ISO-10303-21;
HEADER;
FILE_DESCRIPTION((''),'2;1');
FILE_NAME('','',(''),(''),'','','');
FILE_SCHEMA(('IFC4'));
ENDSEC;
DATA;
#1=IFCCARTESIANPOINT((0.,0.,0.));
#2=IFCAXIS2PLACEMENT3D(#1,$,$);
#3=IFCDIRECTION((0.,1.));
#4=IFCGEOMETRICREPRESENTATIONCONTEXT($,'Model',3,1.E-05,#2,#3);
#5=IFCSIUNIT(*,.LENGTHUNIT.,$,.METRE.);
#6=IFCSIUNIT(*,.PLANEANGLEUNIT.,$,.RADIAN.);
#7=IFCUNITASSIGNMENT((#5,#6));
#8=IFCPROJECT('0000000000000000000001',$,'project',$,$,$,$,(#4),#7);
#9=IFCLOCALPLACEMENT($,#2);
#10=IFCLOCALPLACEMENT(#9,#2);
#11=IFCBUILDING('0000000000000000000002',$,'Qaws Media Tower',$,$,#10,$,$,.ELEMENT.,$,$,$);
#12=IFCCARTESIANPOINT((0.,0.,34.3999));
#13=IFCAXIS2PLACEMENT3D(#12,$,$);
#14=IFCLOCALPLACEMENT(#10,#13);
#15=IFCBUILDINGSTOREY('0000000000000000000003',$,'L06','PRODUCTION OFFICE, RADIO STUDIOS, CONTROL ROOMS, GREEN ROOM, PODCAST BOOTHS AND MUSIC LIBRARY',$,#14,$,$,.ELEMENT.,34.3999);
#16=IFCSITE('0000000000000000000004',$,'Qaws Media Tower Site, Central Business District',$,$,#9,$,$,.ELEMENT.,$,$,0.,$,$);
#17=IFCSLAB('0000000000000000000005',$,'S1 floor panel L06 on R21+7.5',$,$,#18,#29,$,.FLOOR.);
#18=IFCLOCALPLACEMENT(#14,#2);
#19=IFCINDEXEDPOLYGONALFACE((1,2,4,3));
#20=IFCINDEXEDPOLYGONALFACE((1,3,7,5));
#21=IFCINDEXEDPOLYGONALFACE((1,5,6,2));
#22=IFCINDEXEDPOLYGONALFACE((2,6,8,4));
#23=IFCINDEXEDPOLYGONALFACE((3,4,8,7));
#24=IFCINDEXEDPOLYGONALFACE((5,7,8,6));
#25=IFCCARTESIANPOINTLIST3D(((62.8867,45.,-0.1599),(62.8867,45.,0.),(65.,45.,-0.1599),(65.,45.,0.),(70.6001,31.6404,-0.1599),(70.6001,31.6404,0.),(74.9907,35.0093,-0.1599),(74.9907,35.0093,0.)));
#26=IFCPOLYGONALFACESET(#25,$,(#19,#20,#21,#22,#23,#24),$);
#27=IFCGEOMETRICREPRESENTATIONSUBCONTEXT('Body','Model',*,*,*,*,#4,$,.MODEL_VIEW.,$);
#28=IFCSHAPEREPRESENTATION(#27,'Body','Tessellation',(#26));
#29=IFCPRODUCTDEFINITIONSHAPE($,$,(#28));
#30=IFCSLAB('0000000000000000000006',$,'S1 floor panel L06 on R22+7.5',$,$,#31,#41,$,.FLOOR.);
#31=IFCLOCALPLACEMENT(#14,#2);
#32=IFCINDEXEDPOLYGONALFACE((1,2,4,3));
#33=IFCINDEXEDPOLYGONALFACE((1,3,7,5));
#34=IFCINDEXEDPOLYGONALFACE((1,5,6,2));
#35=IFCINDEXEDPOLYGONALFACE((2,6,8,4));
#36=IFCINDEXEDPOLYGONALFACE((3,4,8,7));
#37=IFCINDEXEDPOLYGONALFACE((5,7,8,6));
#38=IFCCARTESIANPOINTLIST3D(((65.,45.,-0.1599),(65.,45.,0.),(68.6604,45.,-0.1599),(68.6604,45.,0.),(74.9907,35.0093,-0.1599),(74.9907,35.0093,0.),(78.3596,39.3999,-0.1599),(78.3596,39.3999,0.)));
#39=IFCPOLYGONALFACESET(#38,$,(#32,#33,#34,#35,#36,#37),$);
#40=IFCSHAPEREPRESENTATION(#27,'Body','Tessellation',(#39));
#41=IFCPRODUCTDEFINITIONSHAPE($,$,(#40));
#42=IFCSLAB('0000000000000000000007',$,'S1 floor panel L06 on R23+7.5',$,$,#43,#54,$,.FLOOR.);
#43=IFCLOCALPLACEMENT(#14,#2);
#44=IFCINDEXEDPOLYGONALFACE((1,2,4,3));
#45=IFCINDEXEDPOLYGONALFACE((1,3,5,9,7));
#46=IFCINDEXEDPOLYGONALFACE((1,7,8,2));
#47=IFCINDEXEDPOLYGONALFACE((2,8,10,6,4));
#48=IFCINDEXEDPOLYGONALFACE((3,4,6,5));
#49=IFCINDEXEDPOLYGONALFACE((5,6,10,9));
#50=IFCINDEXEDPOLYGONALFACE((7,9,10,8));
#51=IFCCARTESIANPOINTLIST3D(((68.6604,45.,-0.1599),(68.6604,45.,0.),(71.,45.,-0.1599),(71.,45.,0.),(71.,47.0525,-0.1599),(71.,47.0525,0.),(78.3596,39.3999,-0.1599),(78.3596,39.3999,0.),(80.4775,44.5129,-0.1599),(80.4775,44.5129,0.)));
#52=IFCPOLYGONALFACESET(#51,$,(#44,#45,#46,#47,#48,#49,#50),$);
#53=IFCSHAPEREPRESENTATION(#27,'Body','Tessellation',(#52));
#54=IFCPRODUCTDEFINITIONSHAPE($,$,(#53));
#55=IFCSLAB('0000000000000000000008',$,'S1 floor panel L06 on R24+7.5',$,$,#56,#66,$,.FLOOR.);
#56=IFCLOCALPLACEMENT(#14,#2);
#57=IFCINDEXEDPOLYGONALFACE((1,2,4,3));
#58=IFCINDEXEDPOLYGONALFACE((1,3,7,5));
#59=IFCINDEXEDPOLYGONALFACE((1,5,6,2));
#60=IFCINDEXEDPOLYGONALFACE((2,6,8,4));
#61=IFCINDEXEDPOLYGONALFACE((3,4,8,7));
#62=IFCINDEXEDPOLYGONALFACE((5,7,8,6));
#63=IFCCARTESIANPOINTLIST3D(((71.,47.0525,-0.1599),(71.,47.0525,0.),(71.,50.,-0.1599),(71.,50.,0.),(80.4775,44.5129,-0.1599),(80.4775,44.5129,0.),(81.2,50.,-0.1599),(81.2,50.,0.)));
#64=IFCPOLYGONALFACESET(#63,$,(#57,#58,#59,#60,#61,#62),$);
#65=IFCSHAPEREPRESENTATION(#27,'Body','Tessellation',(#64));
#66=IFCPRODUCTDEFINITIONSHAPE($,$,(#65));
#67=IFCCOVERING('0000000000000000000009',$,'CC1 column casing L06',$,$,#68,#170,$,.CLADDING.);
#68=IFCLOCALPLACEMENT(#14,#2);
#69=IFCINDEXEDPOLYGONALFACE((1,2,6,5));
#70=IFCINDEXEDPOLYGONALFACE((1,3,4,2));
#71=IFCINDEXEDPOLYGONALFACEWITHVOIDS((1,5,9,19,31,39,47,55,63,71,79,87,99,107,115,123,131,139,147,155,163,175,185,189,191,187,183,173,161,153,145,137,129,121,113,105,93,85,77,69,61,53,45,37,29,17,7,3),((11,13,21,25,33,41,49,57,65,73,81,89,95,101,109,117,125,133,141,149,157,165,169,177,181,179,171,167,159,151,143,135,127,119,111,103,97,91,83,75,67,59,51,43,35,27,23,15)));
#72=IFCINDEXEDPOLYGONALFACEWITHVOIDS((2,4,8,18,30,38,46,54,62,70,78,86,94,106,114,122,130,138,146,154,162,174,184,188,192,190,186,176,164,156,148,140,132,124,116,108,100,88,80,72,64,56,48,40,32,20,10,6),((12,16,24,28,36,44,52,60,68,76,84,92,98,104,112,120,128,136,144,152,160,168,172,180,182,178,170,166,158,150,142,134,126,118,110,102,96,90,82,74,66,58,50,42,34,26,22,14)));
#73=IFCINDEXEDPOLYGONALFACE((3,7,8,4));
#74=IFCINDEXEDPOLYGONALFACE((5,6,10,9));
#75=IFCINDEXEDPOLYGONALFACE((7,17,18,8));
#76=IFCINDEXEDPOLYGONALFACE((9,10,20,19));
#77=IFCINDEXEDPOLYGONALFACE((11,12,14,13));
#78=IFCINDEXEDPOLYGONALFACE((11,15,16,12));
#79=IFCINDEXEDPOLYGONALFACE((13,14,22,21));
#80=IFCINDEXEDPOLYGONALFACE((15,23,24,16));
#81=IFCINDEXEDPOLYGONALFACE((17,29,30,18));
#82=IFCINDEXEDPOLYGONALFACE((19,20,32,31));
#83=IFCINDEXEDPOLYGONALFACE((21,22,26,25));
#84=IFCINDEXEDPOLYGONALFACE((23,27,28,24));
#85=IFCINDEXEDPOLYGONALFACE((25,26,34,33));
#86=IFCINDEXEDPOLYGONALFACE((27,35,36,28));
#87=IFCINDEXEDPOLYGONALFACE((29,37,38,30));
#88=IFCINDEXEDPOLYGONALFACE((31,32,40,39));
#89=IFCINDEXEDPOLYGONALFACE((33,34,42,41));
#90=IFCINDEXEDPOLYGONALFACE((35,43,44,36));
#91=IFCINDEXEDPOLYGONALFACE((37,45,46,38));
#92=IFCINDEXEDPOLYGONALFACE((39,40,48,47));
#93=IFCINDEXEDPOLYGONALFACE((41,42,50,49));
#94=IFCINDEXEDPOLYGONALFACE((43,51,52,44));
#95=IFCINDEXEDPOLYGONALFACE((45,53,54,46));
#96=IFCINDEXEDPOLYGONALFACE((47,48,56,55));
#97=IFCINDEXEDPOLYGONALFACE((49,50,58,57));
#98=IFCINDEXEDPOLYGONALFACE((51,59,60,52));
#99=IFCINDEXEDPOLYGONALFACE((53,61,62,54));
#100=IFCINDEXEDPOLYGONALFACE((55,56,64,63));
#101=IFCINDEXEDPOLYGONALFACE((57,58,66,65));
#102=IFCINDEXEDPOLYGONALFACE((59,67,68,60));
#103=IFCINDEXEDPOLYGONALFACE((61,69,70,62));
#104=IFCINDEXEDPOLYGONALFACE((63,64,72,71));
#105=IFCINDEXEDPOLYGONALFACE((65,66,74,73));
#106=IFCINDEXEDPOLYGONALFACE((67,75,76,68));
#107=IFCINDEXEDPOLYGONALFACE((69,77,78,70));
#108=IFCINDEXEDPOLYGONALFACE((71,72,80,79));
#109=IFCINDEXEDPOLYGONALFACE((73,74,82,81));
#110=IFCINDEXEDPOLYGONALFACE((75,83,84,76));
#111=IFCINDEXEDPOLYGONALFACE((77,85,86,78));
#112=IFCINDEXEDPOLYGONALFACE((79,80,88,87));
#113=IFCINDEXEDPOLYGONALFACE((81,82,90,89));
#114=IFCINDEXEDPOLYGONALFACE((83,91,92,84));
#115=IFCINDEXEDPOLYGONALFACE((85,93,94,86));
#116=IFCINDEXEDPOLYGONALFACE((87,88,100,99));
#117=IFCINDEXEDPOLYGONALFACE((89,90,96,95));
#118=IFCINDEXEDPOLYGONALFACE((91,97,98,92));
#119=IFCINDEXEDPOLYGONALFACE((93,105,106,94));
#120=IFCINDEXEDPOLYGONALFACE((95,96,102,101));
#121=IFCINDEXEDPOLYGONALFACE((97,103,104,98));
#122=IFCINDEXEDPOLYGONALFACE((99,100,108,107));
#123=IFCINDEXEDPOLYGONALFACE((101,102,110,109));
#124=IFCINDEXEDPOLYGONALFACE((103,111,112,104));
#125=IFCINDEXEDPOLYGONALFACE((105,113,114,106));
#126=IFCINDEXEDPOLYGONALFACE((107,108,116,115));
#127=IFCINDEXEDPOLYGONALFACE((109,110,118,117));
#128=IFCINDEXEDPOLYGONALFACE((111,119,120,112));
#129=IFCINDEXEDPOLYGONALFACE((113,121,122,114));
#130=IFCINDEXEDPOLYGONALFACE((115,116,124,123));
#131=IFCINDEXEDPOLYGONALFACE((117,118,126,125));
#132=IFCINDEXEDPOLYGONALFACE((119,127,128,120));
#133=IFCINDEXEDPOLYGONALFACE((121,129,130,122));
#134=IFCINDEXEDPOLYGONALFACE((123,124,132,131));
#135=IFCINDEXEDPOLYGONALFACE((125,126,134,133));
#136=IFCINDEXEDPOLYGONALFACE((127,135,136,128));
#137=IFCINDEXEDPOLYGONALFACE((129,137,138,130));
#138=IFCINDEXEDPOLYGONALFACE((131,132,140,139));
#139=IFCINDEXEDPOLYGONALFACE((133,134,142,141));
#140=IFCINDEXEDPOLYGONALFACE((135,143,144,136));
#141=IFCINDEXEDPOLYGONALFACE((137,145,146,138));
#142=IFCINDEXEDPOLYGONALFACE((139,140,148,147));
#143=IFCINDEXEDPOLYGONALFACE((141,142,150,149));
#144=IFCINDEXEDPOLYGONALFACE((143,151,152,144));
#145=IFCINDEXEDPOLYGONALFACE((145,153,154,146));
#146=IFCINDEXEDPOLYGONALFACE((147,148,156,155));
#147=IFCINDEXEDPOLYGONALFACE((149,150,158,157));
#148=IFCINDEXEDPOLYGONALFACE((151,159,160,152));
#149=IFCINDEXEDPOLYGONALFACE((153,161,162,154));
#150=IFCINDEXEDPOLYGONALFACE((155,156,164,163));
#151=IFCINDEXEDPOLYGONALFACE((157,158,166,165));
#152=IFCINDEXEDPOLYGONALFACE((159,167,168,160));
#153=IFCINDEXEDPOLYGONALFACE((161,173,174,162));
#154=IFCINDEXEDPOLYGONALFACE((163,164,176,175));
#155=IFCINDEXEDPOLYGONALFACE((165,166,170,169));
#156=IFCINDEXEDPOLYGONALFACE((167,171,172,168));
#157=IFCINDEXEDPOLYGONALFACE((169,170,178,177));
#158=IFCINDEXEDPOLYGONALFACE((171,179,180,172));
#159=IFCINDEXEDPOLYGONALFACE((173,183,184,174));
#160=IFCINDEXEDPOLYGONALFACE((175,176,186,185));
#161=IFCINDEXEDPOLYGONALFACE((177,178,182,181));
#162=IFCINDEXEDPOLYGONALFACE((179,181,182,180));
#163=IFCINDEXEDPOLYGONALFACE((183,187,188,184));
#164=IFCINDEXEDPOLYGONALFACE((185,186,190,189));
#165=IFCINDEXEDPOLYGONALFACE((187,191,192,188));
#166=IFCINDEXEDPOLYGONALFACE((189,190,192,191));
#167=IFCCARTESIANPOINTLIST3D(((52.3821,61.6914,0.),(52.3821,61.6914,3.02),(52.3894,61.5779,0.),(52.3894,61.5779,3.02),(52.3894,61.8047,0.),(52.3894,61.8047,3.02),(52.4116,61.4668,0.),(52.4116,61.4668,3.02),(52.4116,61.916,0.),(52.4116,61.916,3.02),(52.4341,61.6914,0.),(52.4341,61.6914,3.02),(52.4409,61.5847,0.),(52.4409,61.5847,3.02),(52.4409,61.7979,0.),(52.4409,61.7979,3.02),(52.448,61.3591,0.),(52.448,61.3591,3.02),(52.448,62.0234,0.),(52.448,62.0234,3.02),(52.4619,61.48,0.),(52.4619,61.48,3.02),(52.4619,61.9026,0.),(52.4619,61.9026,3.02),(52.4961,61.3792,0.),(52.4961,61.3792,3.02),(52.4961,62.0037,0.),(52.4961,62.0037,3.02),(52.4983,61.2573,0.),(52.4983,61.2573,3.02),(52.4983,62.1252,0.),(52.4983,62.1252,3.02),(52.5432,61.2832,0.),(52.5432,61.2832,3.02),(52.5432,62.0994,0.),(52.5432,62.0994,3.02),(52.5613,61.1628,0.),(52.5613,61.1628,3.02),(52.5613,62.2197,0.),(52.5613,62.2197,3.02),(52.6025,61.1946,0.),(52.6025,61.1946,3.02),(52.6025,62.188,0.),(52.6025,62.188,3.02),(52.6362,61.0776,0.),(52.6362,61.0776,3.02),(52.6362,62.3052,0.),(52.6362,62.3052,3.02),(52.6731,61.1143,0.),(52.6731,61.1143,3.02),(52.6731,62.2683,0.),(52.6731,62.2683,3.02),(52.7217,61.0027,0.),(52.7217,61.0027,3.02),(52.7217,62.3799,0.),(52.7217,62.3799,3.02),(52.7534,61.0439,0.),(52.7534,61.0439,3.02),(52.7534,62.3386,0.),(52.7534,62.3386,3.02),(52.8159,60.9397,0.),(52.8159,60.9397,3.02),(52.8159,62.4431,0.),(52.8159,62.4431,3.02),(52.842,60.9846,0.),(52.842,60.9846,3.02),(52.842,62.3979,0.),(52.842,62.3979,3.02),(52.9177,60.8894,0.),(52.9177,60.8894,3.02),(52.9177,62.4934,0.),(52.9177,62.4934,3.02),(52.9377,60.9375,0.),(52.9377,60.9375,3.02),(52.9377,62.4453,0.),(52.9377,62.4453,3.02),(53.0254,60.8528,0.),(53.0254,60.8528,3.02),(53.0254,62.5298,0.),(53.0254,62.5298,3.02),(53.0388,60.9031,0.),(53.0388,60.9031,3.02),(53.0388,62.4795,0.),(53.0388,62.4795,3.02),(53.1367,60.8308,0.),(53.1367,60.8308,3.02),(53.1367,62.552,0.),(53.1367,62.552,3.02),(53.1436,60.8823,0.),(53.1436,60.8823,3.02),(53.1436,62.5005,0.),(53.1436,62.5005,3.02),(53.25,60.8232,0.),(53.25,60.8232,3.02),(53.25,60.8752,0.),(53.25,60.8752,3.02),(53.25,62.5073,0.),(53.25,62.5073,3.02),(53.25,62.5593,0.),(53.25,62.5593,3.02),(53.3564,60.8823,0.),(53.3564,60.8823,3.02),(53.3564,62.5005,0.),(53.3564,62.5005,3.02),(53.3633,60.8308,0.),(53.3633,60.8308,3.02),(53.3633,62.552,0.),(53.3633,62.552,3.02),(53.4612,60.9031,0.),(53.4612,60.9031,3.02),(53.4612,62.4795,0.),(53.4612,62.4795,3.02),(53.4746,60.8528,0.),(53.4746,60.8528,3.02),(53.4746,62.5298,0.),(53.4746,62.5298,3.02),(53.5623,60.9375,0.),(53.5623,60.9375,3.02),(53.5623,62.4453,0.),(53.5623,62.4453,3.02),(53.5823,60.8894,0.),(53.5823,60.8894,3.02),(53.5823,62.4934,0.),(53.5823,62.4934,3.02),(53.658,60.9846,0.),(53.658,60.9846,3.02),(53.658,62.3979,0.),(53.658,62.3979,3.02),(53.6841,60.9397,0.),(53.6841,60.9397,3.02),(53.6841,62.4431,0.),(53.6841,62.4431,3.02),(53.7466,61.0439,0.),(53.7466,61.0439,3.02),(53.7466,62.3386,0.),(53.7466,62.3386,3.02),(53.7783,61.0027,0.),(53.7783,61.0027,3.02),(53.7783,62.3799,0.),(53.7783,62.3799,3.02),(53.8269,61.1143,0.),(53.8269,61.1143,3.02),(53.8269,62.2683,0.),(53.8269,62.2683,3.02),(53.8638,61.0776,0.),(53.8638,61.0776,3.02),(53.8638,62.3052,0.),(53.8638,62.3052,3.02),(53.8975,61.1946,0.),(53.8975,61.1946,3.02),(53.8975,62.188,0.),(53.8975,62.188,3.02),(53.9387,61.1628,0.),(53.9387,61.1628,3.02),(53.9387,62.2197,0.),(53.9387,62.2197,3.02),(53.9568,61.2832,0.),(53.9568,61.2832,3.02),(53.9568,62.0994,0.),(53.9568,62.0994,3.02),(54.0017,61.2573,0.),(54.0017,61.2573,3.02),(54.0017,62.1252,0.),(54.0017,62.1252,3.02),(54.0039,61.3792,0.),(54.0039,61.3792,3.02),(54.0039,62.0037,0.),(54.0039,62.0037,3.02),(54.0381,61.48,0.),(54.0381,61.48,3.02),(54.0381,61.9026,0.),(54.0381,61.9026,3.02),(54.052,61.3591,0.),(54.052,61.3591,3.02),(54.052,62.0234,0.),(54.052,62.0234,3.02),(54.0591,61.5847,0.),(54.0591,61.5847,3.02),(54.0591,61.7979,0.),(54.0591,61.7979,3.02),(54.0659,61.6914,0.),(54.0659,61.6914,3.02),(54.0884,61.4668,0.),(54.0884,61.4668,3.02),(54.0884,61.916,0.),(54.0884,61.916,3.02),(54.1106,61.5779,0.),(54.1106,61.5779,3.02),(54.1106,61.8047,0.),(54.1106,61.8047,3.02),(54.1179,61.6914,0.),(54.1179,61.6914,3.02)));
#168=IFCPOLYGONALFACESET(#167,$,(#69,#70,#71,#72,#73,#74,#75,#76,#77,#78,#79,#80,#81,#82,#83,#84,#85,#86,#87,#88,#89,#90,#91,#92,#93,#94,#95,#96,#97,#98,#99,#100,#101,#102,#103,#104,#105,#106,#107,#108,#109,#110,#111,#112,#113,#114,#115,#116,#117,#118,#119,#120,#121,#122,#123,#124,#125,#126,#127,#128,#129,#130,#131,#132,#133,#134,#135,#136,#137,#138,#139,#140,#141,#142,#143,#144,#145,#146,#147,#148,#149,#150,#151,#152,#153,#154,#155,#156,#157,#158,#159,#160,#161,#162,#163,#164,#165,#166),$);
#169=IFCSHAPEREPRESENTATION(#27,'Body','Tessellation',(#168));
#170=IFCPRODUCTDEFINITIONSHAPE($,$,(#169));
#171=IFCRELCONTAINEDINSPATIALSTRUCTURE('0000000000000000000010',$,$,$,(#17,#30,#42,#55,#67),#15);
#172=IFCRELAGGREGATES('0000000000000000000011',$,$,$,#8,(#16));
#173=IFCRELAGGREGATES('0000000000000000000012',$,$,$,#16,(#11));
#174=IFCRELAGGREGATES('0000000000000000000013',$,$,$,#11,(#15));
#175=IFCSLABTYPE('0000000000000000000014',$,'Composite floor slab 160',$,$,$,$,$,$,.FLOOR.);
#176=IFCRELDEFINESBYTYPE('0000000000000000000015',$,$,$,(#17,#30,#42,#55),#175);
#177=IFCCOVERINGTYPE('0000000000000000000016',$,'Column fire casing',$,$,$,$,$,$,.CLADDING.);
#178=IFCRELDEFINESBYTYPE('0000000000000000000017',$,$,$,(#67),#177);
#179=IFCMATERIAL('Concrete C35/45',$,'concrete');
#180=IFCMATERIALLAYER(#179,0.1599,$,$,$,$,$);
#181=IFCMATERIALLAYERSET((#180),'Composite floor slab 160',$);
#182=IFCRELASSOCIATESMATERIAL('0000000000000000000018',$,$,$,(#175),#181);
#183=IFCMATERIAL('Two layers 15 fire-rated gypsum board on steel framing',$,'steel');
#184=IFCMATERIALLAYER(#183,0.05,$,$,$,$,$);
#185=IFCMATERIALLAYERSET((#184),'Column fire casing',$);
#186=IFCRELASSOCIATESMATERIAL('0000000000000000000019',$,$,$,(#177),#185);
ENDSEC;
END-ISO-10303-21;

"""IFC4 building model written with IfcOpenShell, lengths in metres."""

from ifc_helpers import new_model, si_unit, direction, frame, origin, place, context, subcontext, project, spatial, polyline, outline, extrude, material, layer, layer_set, type_object, element, save


model = new_model("IFC4")

# Units and contexts
model_context = context("Model", 3, precision=1e-05, world=origin(), true_north=direction((0.0, 1.0)))
body_context = subcontext(model_context, "Body", "Model", "MODEL_VIEW")
ifc_project = project(units=[si_unit("LENGTHUNIT", "METRE"), si_unit("PLANEANGLEUNIT", "RADIAN")], contexts=[model_context])

# Site, building, storey
site_placement = place(None, origin())
site = spatial("IfcSite", under=ifc_project, at=site_placement, Name="Qaws Media Tower Site, Central Business District", CompositionType="ELEMENT", RefElevation=0.0)
building_placement = place(site_placement, origin())
building = spatial("IfcBuilding", under=site, at=building_placement, Name="Qaws Media Tower", CompositionType="ELEMENT")
storey_placement = place(building_placement, frame((0.0, 0.0, 34.3999)))
storey = spatial("IfcBuildingStorey", under=building, at=storey_placement, Name="L06", Description="PRODUCTION OFFICE, RADIO STUDIOS, CONTROL ROOMS, GREEN ROOM, PODCAST BOOTHS AND MUSIC LIBRARY", CompositionType="ELEMENT", Elevation=34.3999)

# Slabs
ifc_material_1 = material(Name="Concrete C35/45", Category="concrete")
ifc_layer_1 = layer(ifc_material_1, 0.1599)
ifc_layer_set_1 = layer_set([ifc_layer_1], Name="Composite floor slab 160")
slab_type_1 = type_object("IfcSlabType", Name="Composite floor slab 160", PredefinedType="FLOOR", material=ifc_layer_set_1)
slab_1_placement = place(storey_placement, frame((0.0, 0.0, -0.1599)))
element("IfcSlab", 1, at=slab_1_placement, inside=storey, type_object=slab_type_1, Name="S1 floor panel L06 on R21+7.5", PredefinedType="FLOOR", context=body_context, shape_type="SweptSolid", body=[
    extrude(outline(polyline([(74.9907, 35.0093), (70.6001, 31.6404), (62.8867, 45.0), (65.0, 45.0), (74.9907, 35.0093)])), origin(), (0.0, 0.0, 1.0), 0.1599),
])
slab_2_placement = place(storey_placement, frame((0.0, 0.0, -0.1599)))
element("IfcSlab", 2, at=slab_2_placement, inside=storey, type_object=slab_type_1, Name="S1 floor panel L06 on R22+7.5", PredefinedType="FLOOR", context=body_context, shape_type="SweptSolid", body=[
    extrude(outline(polyline([(74.9907, 35.0093), (65.0, 45.0), (68.6604, 45.0), (78.3596, 39.3999), (74.9907, 35.0093)])), origin(), (0.0, 0.0, 1.0), 0.1599),
])
slab_3_placement = place(storey_placement, frame((0.0, 0.0, -0.1599)))
element("IfcSlab", 3, at=slab_3_placement, inside=storey, type_object=slab_type_1, Name="S1 floor panel L06 on R23+7.5", PredefinedType="FLOOR", context=body_context, shape_type="SweptSolid", body=[
    extrude(outline(polyline([(80.4775, 44.5129), (78.3596, 39.3999), (68.6604, 45.0), (71.0, 45.0), (71.0, 47.0525), (80.4775, 44.5129)])), origin(), (0.0, 0.0, 1.0), 0.1599),
])
slab_4_placement = place(storey_placement, frame((0.0, 0.0, -0.1599)))
element("IfcSlab", 4, at=slab_4_placement, inside=storey, type_object=slab_type_1, Name="S1 floor panel L06 on R24+7.5", PredefinedType="FLOOR", context=body_context, shape_type="SweptSolid", body=[
    extrude(outline(polyline([(80.4775, 44.5129), (71.0, 47.0525), (71.0, 50.0), (81.2, 50.0), (80.4775, 44.5129)])), origin(), (0.0, 0.0, 1.0), 0.1599),
])

# Covering
ifc_material_2 = material(Name="Two layers 15 fire-rated gypsum board on steel framing", Category="steel")
ifc_layer_2 = layer(ifc_material_2, 0.05)
ifc_layer_set_2 = layer_set([ifc_layer_2], Name="Column fire casing")
covering_type = type_object("IfcCoveringType", Name="Column fire casing", PredefinedType="CLADDING", material=ifc_layer_set_2)
covering_1_placement = place(storey_placement, origin())
element("IfcCovering", 5, at=covering_1_placement, inside=storey, type_object=covering_type, Name="CC1 column casing L06", PredefinedType="CLADDING", context=body_context, shape_type="SweptSolid", body=[
    extrude(outline(polyline([(54.1179, 61.6914), (54.1106, 61.5779), (54.0884, 61.4668), (54.052, 61.3591), (54.0017, 61.2573), (53.9387, 61.1628), (53.8638, 61.0776), (53.7783, 61.0027), (53.6841, 60.9397), (53.5823, 60.8894), (53.4746, 60.8528), (53.3633, 60.8308), (53.25, 60.8232), (53.1367, 60.8308), (53.0254, 60.8528), (52.9177, 60.8894), (52.8159, 60.9397), (52.7217, 61.0027), (52.6362, 61.0776), (52.5613, 61.1628), (52.4983, 61.2573), (52.448, 61.3591), (52.4116, 61.4668), (52.3894, 61.5779), (52.3821, 61.6914), (52.3894, 61.8047), (52.4116, 61.916), (52.448, 62.0234), (52.4983, 62.1252), (52.5613, 62.2197), (52.6362, 62.3052), (52.7217, 62.3799), (52.8159, 62.4431), (52.9177, 62.4934), (53.0254, 62.5298), (53.1367, 62.552), (53.25, 62.5593), (53.3633, 62.552), (53.4746, 62.5298), (53.5823, 62.4934), (53.6841, 62.4431), (53.7783, 62.3799), (53.8638, 62.3052), (53.9387, 62.2197), (54.0017, 62.1252), (54.052, 62.0234), (54.0884, 61.916), (54.1106, 61.8047), (54.1179, 61.6914)]), holes=[polyline([(54.0659, 61.6914), (54.0591, 61.5847), (54.0381, 61.48), (54.0039, 61.3792), (53.9568, 61.2832), (53.8975, 61.1946), (53.8269, 61.1143), (53.7466, 61.0439), (53.658, 60.9846), (53.5623, 60.9375), (53.4612, 60.9031), (53.3564, 60.8823), (53.25, 60.8752), (53.1436, 60.8823), (53.0388, 60.9031), (52.9377, 60.9375), (52.842, 60.9846), (52.7534, 61.0439), (52.6731, 61.1143), (52.6025, 61.1946), (52.5432, 61.2832), (52.4961, 61.3792), (52.4619, 61.48), (52.4409, 61.5847), (52.4341, 61.6914), (52.4409, 61.7979), (52.4619, 61.9026), (52.4961, 62.0037), (52.5432, 62.0994), (52.6025, 62.188), (52.6731, 62.2683), (52.7534, 62.3386), (52.842, 62.3979), (52.9377, 62.4453), (53.0388, 62.4795), (53.1436, 62.5005), (53.25, 62.5073), (53.3564, 62.5005), (53.4612, 62.4795), (53.5623, 62.4453), (53.658, 62.3979), (53.7466, 62.3386), (53.8269, 62.2683), (53.8975, 62.188), (53.9568, 62.0994), (54.0039, 62.0037), (54.0381, 61.9026), (54.0591, 61.7979), (54.0659, 61.6914)])]), origin(), (0.0, 0.0, 1.0), 3.02),
])

save(model, "model.ifc")
